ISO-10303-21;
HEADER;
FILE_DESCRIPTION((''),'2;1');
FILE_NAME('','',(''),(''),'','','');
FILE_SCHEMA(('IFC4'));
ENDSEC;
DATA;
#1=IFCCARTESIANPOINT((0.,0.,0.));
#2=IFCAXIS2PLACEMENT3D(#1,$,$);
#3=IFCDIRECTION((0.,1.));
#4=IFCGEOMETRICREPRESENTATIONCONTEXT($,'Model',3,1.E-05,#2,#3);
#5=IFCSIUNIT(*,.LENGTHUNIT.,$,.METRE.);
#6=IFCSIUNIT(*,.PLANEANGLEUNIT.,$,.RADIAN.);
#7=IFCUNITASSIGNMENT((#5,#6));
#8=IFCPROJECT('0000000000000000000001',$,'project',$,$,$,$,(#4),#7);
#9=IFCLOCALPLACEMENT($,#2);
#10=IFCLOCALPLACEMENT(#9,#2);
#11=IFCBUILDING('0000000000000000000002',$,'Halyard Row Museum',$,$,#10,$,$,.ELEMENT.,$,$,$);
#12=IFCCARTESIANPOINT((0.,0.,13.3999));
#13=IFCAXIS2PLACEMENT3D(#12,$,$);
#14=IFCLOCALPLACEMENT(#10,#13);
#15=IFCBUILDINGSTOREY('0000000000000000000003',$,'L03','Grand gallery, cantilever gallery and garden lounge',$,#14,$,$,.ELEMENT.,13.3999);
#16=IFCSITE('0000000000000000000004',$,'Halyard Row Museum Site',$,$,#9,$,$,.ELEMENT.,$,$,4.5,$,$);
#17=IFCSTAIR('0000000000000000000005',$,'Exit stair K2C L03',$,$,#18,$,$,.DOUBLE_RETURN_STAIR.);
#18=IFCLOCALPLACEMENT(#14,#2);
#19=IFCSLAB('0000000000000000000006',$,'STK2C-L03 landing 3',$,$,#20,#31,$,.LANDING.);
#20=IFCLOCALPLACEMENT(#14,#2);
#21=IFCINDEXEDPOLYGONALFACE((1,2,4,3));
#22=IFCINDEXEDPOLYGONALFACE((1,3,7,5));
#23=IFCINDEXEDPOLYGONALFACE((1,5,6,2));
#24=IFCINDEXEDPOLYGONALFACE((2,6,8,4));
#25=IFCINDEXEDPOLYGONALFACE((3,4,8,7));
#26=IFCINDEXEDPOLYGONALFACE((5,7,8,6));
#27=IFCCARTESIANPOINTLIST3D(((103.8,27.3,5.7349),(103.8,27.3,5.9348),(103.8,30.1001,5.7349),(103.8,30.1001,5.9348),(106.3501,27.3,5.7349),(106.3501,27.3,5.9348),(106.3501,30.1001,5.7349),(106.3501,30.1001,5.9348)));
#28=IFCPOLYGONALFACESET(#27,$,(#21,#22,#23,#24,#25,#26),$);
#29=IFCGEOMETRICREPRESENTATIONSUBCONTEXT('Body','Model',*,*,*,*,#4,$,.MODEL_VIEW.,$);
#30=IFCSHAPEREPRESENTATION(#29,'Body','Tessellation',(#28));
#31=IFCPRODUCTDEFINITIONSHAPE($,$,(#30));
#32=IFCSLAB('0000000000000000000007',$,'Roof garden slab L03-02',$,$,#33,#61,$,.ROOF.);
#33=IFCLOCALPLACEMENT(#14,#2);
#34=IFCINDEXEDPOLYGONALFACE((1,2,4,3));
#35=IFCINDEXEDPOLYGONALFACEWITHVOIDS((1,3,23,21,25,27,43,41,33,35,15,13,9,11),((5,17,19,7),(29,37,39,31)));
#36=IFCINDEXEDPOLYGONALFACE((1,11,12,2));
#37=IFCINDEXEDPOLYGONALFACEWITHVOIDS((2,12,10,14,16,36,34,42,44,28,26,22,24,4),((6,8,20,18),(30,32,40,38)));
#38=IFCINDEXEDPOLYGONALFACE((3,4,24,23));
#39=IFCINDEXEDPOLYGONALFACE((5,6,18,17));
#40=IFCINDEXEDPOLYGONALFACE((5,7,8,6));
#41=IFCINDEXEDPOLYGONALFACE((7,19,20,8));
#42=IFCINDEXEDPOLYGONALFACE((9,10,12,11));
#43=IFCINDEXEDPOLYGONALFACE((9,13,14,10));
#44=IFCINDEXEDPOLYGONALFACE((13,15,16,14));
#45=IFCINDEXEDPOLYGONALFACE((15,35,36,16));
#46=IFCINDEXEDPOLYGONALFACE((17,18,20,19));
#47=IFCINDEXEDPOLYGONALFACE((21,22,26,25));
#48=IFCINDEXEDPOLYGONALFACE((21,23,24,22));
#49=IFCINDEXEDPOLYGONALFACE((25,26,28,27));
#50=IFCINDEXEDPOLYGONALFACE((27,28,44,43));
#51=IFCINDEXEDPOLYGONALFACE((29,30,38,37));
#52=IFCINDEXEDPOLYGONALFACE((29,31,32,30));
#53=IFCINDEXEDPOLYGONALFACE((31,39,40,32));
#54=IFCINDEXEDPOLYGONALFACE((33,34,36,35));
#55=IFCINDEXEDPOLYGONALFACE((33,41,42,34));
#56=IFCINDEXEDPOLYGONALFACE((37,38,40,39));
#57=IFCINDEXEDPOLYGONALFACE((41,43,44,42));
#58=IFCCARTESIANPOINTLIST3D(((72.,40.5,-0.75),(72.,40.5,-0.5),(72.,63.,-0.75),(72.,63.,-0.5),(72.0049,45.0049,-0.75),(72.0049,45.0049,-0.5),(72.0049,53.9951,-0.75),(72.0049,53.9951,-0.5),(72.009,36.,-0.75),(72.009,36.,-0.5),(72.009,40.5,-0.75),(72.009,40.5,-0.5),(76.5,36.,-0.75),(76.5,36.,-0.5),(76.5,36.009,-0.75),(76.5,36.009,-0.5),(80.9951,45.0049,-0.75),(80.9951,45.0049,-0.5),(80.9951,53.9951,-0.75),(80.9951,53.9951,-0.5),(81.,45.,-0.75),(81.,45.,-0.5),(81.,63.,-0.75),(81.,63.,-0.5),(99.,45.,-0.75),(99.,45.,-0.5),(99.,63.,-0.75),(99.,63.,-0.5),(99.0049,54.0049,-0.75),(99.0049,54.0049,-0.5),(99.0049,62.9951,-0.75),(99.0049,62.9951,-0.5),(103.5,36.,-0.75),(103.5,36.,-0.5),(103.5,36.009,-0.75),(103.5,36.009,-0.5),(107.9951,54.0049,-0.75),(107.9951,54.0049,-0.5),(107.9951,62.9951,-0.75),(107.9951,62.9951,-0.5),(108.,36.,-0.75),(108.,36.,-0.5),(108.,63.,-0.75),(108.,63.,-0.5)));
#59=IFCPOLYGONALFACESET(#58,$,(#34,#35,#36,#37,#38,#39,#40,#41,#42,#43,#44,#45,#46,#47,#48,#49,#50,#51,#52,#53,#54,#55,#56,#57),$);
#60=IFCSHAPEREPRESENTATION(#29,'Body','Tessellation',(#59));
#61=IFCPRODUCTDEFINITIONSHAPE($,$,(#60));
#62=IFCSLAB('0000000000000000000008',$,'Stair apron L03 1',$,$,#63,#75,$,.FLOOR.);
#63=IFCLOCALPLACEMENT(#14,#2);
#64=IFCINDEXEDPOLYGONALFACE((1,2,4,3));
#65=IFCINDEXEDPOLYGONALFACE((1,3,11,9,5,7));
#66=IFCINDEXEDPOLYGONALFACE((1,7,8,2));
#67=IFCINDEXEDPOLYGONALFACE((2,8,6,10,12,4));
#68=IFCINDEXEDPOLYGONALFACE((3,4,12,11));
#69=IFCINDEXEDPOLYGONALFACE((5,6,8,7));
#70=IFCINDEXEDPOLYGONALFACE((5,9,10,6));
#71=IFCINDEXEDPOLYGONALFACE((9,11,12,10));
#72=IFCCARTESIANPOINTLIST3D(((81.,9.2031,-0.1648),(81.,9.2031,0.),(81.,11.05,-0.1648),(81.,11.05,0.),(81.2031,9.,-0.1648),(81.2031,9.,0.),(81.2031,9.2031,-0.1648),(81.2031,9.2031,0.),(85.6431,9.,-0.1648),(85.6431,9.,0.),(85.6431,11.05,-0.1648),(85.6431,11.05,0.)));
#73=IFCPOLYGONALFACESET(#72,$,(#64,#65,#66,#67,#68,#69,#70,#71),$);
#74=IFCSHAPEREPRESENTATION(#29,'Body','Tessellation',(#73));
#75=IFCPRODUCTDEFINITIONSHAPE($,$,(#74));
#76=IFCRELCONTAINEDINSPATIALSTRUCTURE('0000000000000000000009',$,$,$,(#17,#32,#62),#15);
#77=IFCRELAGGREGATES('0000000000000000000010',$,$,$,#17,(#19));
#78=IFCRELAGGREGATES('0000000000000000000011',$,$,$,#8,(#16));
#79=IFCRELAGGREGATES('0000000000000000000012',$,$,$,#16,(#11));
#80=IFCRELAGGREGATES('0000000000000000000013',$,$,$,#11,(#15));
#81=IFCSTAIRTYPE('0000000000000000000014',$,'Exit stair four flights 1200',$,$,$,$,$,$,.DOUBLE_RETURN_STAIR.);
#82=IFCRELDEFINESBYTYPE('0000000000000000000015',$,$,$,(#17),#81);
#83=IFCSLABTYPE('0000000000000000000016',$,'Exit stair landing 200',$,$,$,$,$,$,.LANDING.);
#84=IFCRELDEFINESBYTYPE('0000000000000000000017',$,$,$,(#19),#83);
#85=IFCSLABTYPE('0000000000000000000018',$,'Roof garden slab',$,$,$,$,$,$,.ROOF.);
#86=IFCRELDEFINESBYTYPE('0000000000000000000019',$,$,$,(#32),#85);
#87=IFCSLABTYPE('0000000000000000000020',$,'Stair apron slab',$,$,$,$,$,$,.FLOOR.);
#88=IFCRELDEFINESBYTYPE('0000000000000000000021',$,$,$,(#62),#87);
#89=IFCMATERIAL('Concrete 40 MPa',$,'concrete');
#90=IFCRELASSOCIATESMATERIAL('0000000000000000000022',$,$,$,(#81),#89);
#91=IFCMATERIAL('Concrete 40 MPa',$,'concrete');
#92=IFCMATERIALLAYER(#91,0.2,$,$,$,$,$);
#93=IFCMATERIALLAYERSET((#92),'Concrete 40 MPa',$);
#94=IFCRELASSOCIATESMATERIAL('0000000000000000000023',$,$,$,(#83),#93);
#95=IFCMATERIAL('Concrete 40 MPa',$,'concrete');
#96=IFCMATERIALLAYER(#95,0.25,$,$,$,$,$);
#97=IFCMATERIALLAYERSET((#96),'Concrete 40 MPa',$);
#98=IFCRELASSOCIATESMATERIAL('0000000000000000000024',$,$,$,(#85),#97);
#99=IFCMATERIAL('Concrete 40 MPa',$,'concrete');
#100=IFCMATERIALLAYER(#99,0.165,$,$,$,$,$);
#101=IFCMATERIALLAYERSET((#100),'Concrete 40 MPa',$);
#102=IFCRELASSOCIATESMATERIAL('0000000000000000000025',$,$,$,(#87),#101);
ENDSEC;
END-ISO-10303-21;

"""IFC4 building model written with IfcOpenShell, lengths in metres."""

from ifc_helpers import new_model, si_unit, direction, frame, origin, place, context, subcontext, project, spatial, polyline, outline, extrude, material, layer, layer_set, type_object, element, aggregate, save


model = new_model("IFC4")

# Units and contexts
model_context = context("Model", 3, precision=1e-05, world=origin(), true_north=direction((0.0, 1.0)))
body_context = subcontext(model_context, "Body", "Model", "MODEL_VIEW")
ifc_project = project(units=[si_unit("LENGTHUNIT", "METRE"), si_unit("PLANEANGLEUNIT", "RADIAN")], contexts=[model_context])

# Site, building, storey
site_placement = place(None, origin())
site = spatial("IfcSite", under=ifc_project, at=site_placement, Name="Halyard Row Museum Site", CompositionType="ELEMENT", RefElevation=4.5)
building_placement = place(site_placement, origin())
building = spatial("IfcBuilding", under=site, at=building_placement, Name="Halyard Row Museum", CompositionType="ELEMENT")
storey_placement = place(building_placement, frame((0.0, 0.0, 13.3999)))
storey = spatial("IfcBuildingStorey", under=building, at=storey_placement, Name="L03", Description="Grand gallery, cantilever gallery and garden lounge", CompositionType="ELEMENT", Elevation=13.3999)

# Stair, slab
ifc_material_1 = material(Name="Concrete 40 MPa", Category="concrete")
stair_type = type_object("IfcStairType", Name="Exit stair four flights 1200", PredefinedType="DOUBLE_RETURN_STAIR", material=ifc_material_1)
ifc_material_2 = material(Name="Concrete 40 MPa", Category="concrete")
ifc_layer_1 = layer(ifc_material_2, 0.2)
ifc_layer_set_1 = layer_set([ifc_layer_1], Name="Concrete 40 MPa")
slab_type_1 = type_object("IfcSlabType", Name="Exit stair landing 200", PredefinedType="LANDING", material=ifc_layer_set_1)
stair_1_placement = place(storey_placement, origin())
stair_1 = element("IfcStair", 1, at=stair_1_placement, inside=storey, type_object=stair_type, Name="Exit stair K2C L03", PredefinedType="DOUBLE_RETURN_STAIR")
slab_1_placement = place(storey_placement, frame((0.0, 0.0, 5.7349)))
slab_1 = element("IfcSlab", 2, at=slab_1_placement, type_object=slab_type_1, Name="STK2C-L03 landing 3", PredefinedType="LANDING", context=body_context, shape_type="SweptSolid", body=[
    extrude(outline(polyline([(106.3501, 30.1001), (103.8, 30.1001), (103.8, 27.3), (106.3501, 27.3), (106.3501, 30.1001)])), origin(), (0.0, 0.0, 1.0), 0.2),
])
aggregate(stair_1, [slab_1])

# Slabs
ifc_material_3 = material(Name="Concrete 40 MPa", Category="concrete")
ifc_layer_2 = layer(ifc_material_3, 0.25)
ifc_layer_set_2 = layer_set([ifc_layer_2], Name="Concrete 40 MPa")
slab_type_2 = type_object("IfcSlabType", Name="Roof garden slab", PredefinedType="ROOF", material=ifc_layer_set_2)
slab_2_placement = place(storey_placement, frame((0.0, 0.0, -0.75)))
element("IfcSlab", 3, at=slab_2_placement, inside=storey, type_object=slab_type_2, Name="Roof garden slab L03-02", PredefinedType="ROOF", context=body_context, shape_type="SweptSolid", body=[
    extrude(outline(polyline([(72.0, 40.5), (72.009, 40.5), (72.009, 36.0), (76.5, 36.0), (76.5, 36.009), (103.5, 36.009), (103.5, 36.0), (108.0, 36.0), (108.0, 63.0), (99.0, 63.0), (99.0, 45.0), (81.0, 45.0), (81.0, 63.0), (72.0, 63.0), (72.0, 40.5)]), holes=[polyline([(80.9951, 45.0049), (72.0049, 45.0049), (72.0049, 53.9951), (80.9951, 53.9951), (80.9951, 45.0049)]), polyline([(107.9951, 54.0049), (99.0049, 54.0049), (99.0049, 62.9951), (107.9951, 62.9951), (107.9951, 54.0049)])]), origin(), (0.0, 0.0, 1.0), 0.25),
])
ifc_material_4 = material(Name="Concrete 40 MPa", Category="concrete")
ifc_layer_3 = layer(ifc_material_4, 0.165)
ifc_layer_set_3 = layer_set([ifc_layer_3], Name="Concrete 40 MPa")
slab_type_3 = type_object("IfcSlabType", Name="Stair apron slab", PredefinedType="FLOOR", material=ifc_layer_set_3)
slab_3_placement = place(storey_placement, frame((0.0, 0.0, -0.1648)))
element("IfcSlab", 4, at=slab_3_placement, inside=storey, type_object=slab_type_3, Name="Stair apron L03 1", PredefinedType="FLOOR", context=body_context, shape_type="SweptSolid", body=[
    extrude(outline(polyline([(81.0, 11.05), (85.6431, 11.05), (85.6431, 9.0), (81.2031, 9.0), (81.2031, 9.2031), (81.0, 9.2031), (81.0, 11.05)])), origin(), (0.0, 0.0, 1.0), 0.1648),
])

save(model, "model.ifc")
